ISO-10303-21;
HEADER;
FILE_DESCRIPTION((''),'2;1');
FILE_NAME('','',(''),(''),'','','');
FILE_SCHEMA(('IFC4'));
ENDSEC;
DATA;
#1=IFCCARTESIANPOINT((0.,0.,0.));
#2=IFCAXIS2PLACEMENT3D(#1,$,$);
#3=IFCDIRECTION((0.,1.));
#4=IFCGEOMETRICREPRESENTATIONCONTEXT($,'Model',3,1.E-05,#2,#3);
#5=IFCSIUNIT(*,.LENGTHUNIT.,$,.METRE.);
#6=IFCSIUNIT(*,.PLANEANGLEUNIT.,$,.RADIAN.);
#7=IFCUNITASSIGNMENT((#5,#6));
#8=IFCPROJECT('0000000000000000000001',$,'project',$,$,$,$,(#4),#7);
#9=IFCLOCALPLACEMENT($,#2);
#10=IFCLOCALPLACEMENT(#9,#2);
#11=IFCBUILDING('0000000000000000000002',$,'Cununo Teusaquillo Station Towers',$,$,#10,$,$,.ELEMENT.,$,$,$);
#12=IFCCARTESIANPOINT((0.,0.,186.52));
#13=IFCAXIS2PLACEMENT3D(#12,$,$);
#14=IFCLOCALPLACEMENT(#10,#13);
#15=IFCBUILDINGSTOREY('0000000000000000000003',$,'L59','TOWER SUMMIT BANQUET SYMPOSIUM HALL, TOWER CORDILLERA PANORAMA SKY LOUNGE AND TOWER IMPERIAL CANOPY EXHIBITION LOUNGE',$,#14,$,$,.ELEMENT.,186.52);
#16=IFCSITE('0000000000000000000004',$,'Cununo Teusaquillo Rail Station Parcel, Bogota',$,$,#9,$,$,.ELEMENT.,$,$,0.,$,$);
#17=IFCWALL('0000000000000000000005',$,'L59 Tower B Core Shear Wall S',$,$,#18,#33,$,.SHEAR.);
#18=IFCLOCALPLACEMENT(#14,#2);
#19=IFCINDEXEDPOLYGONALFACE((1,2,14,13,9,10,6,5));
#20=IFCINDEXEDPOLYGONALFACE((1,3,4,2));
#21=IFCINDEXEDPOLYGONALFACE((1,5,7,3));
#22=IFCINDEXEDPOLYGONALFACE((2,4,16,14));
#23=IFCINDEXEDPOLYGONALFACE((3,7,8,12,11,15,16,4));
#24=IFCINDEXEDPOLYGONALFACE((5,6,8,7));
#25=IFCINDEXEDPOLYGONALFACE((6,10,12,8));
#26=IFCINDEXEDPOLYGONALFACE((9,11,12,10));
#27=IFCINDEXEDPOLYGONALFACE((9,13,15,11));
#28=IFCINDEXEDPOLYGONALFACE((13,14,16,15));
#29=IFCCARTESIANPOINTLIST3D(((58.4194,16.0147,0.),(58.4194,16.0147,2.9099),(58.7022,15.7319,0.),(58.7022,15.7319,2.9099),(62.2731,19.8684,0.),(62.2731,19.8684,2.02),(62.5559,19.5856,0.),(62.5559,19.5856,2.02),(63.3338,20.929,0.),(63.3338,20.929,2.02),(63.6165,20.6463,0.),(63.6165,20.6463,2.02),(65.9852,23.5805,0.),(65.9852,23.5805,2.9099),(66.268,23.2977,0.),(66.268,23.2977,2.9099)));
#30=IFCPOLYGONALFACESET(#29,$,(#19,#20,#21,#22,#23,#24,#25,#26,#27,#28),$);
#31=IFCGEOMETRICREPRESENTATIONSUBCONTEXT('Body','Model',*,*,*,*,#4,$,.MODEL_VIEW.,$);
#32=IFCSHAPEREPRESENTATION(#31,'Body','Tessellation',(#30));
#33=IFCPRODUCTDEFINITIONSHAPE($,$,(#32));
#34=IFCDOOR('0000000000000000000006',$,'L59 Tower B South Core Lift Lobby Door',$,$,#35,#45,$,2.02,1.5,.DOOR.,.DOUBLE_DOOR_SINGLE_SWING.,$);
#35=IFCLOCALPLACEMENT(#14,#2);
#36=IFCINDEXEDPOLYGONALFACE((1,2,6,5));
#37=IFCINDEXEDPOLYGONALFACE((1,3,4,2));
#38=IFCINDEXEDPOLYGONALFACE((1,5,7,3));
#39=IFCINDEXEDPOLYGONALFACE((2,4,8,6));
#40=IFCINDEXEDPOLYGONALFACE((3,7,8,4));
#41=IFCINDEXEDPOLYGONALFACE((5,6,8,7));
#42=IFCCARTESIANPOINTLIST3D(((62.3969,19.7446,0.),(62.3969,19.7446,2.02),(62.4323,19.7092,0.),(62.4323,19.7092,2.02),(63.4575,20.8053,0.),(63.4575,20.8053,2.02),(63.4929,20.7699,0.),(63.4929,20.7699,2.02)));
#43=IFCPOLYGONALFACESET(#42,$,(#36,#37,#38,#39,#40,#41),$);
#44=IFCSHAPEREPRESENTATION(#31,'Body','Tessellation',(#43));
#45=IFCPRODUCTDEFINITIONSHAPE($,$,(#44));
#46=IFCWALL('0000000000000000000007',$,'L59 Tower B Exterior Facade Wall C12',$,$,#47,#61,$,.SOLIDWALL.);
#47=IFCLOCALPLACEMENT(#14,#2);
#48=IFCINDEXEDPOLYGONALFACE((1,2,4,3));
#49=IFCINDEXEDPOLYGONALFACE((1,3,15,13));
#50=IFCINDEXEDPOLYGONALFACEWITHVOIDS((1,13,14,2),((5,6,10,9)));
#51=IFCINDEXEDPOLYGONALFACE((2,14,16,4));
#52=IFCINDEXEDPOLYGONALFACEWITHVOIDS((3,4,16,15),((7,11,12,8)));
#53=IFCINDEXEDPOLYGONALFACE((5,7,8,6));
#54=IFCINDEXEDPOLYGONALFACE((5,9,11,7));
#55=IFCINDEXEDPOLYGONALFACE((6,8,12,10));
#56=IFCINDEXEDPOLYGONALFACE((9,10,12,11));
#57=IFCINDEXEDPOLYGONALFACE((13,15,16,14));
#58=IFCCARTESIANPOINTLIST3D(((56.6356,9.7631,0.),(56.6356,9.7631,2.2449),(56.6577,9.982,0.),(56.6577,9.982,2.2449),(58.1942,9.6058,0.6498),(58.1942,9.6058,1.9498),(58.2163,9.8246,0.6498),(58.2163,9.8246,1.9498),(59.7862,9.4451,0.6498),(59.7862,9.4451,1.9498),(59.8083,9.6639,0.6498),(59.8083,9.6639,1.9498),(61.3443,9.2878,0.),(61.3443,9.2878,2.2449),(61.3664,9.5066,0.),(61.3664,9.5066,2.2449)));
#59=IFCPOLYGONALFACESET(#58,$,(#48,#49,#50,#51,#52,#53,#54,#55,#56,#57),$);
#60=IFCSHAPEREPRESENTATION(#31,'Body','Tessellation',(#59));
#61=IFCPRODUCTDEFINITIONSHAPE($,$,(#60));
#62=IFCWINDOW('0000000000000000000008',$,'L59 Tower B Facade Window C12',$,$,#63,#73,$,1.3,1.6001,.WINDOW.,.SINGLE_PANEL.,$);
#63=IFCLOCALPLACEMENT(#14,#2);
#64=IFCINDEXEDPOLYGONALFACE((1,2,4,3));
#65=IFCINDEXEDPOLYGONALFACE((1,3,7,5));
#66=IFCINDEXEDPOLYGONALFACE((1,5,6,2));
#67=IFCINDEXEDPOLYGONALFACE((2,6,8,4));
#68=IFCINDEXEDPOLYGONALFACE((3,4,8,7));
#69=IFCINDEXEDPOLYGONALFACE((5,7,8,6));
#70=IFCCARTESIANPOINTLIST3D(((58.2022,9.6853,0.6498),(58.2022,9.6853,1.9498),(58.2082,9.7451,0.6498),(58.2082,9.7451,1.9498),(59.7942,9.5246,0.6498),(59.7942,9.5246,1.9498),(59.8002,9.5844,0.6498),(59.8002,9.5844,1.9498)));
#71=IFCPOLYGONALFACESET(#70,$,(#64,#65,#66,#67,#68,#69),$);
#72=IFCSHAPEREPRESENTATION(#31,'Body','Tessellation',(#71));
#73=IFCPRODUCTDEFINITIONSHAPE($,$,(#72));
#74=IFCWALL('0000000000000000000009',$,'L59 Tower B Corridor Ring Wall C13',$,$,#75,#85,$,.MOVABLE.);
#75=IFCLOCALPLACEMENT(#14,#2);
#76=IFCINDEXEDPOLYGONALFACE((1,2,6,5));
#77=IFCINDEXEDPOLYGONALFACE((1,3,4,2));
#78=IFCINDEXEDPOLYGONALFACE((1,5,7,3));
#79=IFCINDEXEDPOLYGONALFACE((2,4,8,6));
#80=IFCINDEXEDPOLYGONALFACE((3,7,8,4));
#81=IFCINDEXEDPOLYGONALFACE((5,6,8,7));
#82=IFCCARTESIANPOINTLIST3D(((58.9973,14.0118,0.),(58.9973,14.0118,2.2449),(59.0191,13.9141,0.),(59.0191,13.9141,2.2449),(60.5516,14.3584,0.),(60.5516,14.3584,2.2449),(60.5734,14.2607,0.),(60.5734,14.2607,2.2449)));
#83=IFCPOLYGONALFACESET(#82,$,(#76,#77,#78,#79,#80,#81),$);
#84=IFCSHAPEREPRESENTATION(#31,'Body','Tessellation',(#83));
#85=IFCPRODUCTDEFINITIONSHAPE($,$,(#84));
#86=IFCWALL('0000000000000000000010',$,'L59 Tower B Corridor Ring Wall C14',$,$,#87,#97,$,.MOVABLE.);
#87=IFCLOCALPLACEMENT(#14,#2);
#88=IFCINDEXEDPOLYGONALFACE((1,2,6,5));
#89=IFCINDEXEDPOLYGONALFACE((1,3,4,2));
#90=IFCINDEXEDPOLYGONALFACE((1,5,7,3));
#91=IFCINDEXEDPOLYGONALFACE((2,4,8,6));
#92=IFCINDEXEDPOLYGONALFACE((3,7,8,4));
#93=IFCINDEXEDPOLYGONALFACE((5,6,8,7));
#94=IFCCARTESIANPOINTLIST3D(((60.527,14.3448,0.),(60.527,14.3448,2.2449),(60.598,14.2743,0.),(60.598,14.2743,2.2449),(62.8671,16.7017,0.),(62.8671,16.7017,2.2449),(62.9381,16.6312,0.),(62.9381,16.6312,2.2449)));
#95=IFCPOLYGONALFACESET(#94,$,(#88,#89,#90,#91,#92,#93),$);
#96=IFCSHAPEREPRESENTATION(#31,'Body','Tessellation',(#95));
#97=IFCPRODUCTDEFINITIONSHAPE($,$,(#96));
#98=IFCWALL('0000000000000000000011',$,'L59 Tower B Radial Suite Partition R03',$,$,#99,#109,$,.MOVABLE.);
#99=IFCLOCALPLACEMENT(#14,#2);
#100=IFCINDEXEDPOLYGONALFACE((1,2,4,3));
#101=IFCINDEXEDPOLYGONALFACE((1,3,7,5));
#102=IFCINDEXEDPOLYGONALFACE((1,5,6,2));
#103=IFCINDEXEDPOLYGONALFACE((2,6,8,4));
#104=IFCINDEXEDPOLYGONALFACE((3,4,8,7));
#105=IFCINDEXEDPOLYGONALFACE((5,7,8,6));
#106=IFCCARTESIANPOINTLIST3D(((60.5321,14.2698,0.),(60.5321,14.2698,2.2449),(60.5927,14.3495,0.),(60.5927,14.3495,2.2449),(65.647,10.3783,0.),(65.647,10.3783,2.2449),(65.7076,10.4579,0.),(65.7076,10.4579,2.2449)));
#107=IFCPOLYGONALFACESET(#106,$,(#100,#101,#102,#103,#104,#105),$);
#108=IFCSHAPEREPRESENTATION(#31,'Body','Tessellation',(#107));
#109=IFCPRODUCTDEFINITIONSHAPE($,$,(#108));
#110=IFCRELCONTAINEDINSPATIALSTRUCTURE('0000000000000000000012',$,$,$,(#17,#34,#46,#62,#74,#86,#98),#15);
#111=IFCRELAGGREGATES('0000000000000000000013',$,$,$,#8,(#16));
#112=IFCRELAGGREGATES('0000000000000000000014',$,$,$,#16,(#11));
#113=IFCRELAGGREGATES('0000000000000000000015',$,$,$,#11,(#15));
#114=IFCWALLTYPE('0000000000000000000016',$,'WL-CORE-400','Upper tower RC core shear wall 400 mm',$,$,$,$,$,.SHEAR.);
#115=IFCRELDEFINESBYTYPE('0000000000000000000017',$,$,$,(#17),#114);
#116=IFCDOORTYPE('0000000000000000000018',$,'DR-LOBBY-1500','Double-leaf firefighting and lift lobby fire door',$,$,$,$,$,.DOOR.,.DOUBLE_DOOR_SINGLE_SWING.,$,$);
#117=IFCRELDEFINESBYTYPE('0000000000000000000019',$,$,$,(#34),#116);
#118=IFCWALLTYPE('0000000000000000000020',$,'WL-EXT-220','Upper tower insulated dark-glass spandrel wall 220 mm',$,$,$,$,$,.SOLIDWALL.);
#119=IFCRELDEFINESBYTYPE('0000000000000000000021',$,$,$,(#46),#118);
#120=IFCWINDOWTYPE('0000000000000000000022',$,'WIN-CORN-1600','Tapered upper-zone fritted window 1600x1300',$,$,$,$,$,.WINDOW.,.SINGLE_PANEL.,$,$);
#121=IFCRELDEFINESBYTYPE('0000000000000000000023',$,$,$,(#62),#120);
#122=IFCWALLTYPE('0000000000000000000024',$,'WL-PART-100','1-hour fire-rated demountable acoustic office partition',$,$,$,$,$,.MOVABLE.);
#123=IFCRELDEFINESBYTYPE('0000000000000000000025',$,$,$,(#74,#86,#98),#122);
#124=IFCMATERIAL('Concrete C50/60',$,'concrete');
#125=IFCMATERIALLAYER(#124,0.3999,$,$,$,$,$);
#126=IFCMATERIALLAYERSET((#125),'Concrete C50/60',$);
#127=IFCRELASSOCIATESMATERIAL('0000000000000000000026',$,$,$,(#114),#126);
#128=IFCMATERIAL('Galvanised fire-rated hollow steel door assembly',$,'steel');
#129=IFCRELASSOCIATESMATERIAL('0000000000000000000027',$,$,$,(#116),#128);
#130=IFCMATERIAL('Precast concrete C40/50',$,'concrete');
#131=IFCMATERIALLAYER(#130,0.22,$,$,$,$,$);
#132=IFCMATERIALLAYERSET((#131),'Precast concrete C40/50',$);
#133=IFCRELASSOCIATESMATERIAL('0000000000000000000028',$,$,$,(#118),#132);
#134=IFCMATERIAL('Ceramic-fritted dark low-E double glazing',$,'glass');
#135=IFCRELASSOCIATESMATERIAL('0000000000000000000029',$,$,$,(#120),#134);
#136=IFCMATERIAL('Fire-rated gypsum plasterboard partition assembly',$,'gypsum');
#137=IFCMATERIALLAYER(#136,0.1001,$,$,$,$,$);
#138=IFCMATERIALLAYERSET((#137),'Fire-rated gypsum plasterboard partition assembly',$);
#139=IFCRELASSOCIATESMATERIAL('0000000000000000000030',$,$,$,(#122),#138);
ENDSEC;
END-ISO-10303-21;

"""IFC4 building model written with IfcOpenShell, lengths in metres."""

from ifc_helpers import new_model, si_unit, direction, frame, frame_2d, origin, place, context, subcontext, project, spatial, rectangle, extrude, source, transform, mapped, material, layer, layer_set, type_object, element, fill, save


model = new_model("IFC4")

# Units and contexts
model_context = context("Model", 3, precision=1e-05, world=origin(), true_north=direction((0.0, 1.0)))
body_context = subcontext(model_context, "Body", "Model", "MODEL_VIEW")
ifc_project = project(units=[si_unit("LENGTHUNIT", "METRE"), si_unit("PLANEANGLEUNIT", "RADIAN")], contexts=[model_context])

# Site, building, storey
site_placement = place(None, origin())
site = spatial("IfcSite", under=ifc_project, at=site_placement, Name="Cununo Teusaquillo Rail Station Parcel, Bogota", CompositionType="ELEMENT", RefElevation=0.0)
building_placement = place(site_placement, origin())
building = spatial("IfcBuilding", under=site, at=building_placement, Name="Cununo Teusaquillo Station Towers", CompositionType="ELEMENT")
storey_placement = place(building_placement, frame((0.0, 0.0, 186.52)))
storey = spatial("IfcBuildingStorey", under=building, at=storey_placement, Name="L59", Description="TOWER SUMMIT BANQUET SYMPOSIUM HALL, TOWER CORDILLERA PANORAMA SKY LOUNGE AND TOWER IMPERIAL CANOPY EXHIBITION LOUNGE", CompositionType="ELEMENT", Elevation=186.52)

# Shared definitions
ifc_material_1 = material(Name="Concrete C50/60", Category="concrete")
ifc_layer_1 = layer(ifc_material_1, 0.3999)
ifc_layer_set_1 = layer_set([ifc_layer_1], Name="Concrete C50/60")
wall_type_1 = type_object("IfcWallType", Name="WL-CORE-400", Description="Upper tower RC core shear wall 400 mm", PredefinedType="SHEAR", material=ifc_layer_set_1)

# Wall, opening, door
wall_1_placement = place(storey_placement, frame((58.5608, 15.8733, 0.0), z_axis=(0.0, 0.0, 1.0), x_axis=(0.707107, 0.707107, 0.0)))
wall_1 = element("IfcWall", 1, at=wall_1_placement, inside=storey, type_object=wall_type_1, Name="L59 Tower B Core Shear Wall S", PredefinedType="SHEAR", context=body_context, shape_type="SweptSolid", body=[
    extrude(rectangle(XDim=10.6997, YDim=0.3999, at=frame_2d((5.3499, 0.0))), origin(), (0.0, 0.0, 1.0), 2.9099),
])
shared_shape_1 = source(origin(), body_context, "Body", "SweptSolid", [
    extrude(rectangle(XDim=1.5, YDim=2.02, at=frame_2d((0.75, 1.01))), frame((0.0, 0.21, 0.0), z_axis=(0.0, -1.0, 0.0), x_axis=(1.0, 0.0, 0.0)), (0.0, 0.0, 1.0), 0.4199),
])
opening_1_placement = place(wall_1_placement, frame((5.45, 0.0, 0.0)))
opening_1 = element("IfcOpeningElement", 2, at=opening_1_placement, cuts=wall_1, PredefinedType="OPENING", context=body_context, shape_type="MappedRepresentation", body=[
    mapped(shared_shape_1, transform((0.0, 0.0, 0.0), x_axis=(1.0, 0.0, 0.0), y_axis=(0.0, 1.0, 0.0), z_axis=(0.0, 0.0, 1.0), scale=1.0)),
])
ifc_material_2 = material(Name="Galvanised fire-rated hollow steel door assembly", Category="steel")
door_type = type_object("IfcDoorType", Name="DR-LOBBY-1500", Description="Double-leaf firefighting and lift lobby fire door", OperationType="DOUBLE_DOOR_SINGLE_SWING", PredefinedType="DOOR", material=ifc_material_2)
shared_shape_2 = source(origin(), body_context, "Body", "SweptSolid", [
    extrude(rectangle(XDim=1.5, YDim=2.02, at=frame_2d((0.75, 1.01))), frame((0.0, 0.0249, 0.0), z_axis=(0.0, -1.0, 0.0), x_axis=(1.0, 0.0, 0.0)), (0.0, 0.0, 1.0), 0.05),
])
door_placement = place(opening_1_placement, origin())
door = element("IfcDoor", 3, at=door_placement, inside=storey, type_object=door_type, Name="L59 Tower B South Core Lift Lobby Door", OperationType="DOUBLE_DOOR_SINGLE_SWING", OverallHeight=2.02, OverallWidth=1.5, PredefinedType="DOOR", context=body_context, shape_type="MappedRepresentation", body=[
    mapped(shared_shape_2, transform((0.0, 0.0, 0.0), x_axis=(1.0, 0.0, 0.0), y_axis=(0.0, 1.0, 0.0), z_axis=(0.0, 0.0, 1.0), scale=1.0)),
])
fill(opening_1, door)

# Wall, opening, window
ifc_material_3 = material(Name="Precast concrete C40/50", Category="concrete")
ifc_layer_2 = layer(ifc_material_3, 0.22)
ifc_layer_set_2 = layer_set([ifc_layer_2], Name="Precast concrete C40/50")
wall_type_2 = type_object("IfcWallType", Name="WL-EXT-220", Description="Upper tower insulated dark-glass spandrel wall 220 mm", PredefinedType="SOLIDWALL", material=ifc_layer_set_2)
wall_2_placement = place(storey_placement, frame((61.3552, 9.3972, 0.0), z_axis=(0.0, 0.0, 1.0), x_axis=(-0.994943, 0.100438, 0.0)))
wall_2 = element("IfcWall", 4, at=wall_2_placement, inside=storey, type_object=wall_type_2, Name="L59 Tower B Exterior Facade Wall C12", PredefinedType="SOLIDWALL", context=body_context, shape_type="SweptSolid", body=[
    extrude(rectangle(XDim=4.7327, YDim=0.22, at=frame_2d((2.3662, 0.0))), origin(), (0.0, 0.0, 1.0), 2.2449),
])
shared_shape_3 = source(origin(), body_context, "Body", "SweptSolid", [
    extrude(rectangle(XDim=1.6001, YDim=1.3, at=frame_2d((0.8, 0.6499))), frame((0.0, 0.1199, 0.0), z_axis=(0.0, -1.0, 0.0), x_axis=(1.0, 0.0, 0.0)), (0.0, 0.0, 1.0), 0.24),
])
opening_2_placement = place(wall_2_placement, frame((1.5659, 0.0, 0.6499)))
opening_2 = element("IfcOpeningElement", 5, at=opening_2_placement, cuts=wall_2, PredefinedType="OPENING", context=body_context, shape_type="MappedRepresentation", body=[
    mapped(shared_shape_3, transform((0.0, 0.0, 0.0), x_axis=(1.0, 0.0, 0.0), y_axis=(0.0, 1.0, 0.0), z_axis=(0.0, 0.0, 1.0), scale=1.0)),
])
ifc_material_4 = material(Name="Ceramic-fritted dark low-E double glazing", Category="glass")
window_type = type_object("IfcWindowType", Name="WIN-CORN-1600", Description="Tapered upper-zone fritted window 1600x1300", PartitioningType="SINGLE_PANEL", PredefinedType="WINDOW", material=ifc_material_4)
shared_shape_4 = source(origin(), body_context, "Body", "SweptSolid", [
    extrude(rectangle(XDim=1.6001, YDim=1.3, at=frame_2d((0.8, 0.6499))), frame((0.0, 0.03, 0.0), z_axis=(0.0, -1.0, 0.0), x_axis=(1.0, 0.0, 0.0)), (0.0, 0.0, 1.0), 0.0601),
])
window_placement = place(opening_2_placement, origin())
window = element("IfcWindow", 6, at=window_placement, inside=storey, type_object=window_type, Name="L59 Tower B Facade Window C12", OverallHeight=1.3, OverallWidth=1.6001, PartitioningType="SINGLE_PANEL", PredefinedType="WINDOW", context=body_context, shape_type="MappedRepresentation", body=[
    mapped(shared_shape_4, transform((0.0, 0.0, 0.0), x_axis=(1.0, 0.0, 0.0), y_axis=(0.0, 1.0, 0.0), z_axis=(0.0, 0.0, 1.0), scale=1.0)),
])
fill(opening_2, window)

# Walls
ifc_material_5 = material(Name="Fire-rated gypsum plasterboard partition assembly", Category="gypsum")
ifc_layer_3 = layer(ifc_material_5, 0.1001)
ifc_layer_set_3 = layer_set([ifc_layer_3], Name="Fire-rated gypsum plasterboard partition assembly")
wall_type_3 = type_object("IfcWallType", Name="WL-PART-100", Description="1-hour fire-rated demountable acoustic office partition", PredefinedType="MOVABLE", material=ifc_layer_set_3)
wall_3_placement = place(storey_placement, frame((59.0081, 13.9629, 0.0), z_axis=(0.0, 0.0, 1.0), x_axis=(0.976021, 0.217677, 0.0)))
element("IfcWall", 7, at=wall_3_placement, inside=storey, type_object=wall_type_3, Name="L59 Tower B Corridor Ring Wall C13", PredefinedType="MOVABLE", context=body_context, shape_type="SweptSolid", body=[
    extrude(rectangle(XDim=1.5925, YDim=0.1001, at=frame_2d((0.7964, 0.0))), origin(), (0.0, 0.0, 1.0), 2.2449),
])
wall_4_placement = place(storey_placement, frame((60.5625, 14.3096, 0.0), z_axis=(0.0, 0.0, 1.0), x_axis=(0.704566, 0.709638, 0.0)))
element("IfcWall", 8, at=wall_4_placement, inside=storey, type_object=wall_type_3, Name="L59 Tower B Corridor Ring Wall C14", PredefinedType="MOVABLE", context=body_context, shape_type="SweptSolid", body=[
    extrude(rectangle(XDim=3.3213, YDim=0.1001, at=frame_2d((1.6606, 0.0))), origin(), (0.0, 0.0, 1.0), 2.2449),
])
wall_5_placement = place(storey_placement, frame((60.5625, 14.3096, 0.0), z_axis=(0.0, 0.0, 1.0), x_axis=(0.795847, -0.605498, 0.0)))
element("IfcWall", 9, at=wall_5_placement, inside=storey, type_object=wall_type_3, Name="L59 Tower B Radial Suite Partition R03", PredefinedType="MOVABLE", context=body_context, shape_type="SweptSolid", body=[
    extrude(rectangle(XDim=6.427, YDim=0.1001, at=frame_2d((3.2134, 0.0))), origin(), (0.0, 0.0, 1.0), 2.2449),
])

save(model, "model.ifc")
